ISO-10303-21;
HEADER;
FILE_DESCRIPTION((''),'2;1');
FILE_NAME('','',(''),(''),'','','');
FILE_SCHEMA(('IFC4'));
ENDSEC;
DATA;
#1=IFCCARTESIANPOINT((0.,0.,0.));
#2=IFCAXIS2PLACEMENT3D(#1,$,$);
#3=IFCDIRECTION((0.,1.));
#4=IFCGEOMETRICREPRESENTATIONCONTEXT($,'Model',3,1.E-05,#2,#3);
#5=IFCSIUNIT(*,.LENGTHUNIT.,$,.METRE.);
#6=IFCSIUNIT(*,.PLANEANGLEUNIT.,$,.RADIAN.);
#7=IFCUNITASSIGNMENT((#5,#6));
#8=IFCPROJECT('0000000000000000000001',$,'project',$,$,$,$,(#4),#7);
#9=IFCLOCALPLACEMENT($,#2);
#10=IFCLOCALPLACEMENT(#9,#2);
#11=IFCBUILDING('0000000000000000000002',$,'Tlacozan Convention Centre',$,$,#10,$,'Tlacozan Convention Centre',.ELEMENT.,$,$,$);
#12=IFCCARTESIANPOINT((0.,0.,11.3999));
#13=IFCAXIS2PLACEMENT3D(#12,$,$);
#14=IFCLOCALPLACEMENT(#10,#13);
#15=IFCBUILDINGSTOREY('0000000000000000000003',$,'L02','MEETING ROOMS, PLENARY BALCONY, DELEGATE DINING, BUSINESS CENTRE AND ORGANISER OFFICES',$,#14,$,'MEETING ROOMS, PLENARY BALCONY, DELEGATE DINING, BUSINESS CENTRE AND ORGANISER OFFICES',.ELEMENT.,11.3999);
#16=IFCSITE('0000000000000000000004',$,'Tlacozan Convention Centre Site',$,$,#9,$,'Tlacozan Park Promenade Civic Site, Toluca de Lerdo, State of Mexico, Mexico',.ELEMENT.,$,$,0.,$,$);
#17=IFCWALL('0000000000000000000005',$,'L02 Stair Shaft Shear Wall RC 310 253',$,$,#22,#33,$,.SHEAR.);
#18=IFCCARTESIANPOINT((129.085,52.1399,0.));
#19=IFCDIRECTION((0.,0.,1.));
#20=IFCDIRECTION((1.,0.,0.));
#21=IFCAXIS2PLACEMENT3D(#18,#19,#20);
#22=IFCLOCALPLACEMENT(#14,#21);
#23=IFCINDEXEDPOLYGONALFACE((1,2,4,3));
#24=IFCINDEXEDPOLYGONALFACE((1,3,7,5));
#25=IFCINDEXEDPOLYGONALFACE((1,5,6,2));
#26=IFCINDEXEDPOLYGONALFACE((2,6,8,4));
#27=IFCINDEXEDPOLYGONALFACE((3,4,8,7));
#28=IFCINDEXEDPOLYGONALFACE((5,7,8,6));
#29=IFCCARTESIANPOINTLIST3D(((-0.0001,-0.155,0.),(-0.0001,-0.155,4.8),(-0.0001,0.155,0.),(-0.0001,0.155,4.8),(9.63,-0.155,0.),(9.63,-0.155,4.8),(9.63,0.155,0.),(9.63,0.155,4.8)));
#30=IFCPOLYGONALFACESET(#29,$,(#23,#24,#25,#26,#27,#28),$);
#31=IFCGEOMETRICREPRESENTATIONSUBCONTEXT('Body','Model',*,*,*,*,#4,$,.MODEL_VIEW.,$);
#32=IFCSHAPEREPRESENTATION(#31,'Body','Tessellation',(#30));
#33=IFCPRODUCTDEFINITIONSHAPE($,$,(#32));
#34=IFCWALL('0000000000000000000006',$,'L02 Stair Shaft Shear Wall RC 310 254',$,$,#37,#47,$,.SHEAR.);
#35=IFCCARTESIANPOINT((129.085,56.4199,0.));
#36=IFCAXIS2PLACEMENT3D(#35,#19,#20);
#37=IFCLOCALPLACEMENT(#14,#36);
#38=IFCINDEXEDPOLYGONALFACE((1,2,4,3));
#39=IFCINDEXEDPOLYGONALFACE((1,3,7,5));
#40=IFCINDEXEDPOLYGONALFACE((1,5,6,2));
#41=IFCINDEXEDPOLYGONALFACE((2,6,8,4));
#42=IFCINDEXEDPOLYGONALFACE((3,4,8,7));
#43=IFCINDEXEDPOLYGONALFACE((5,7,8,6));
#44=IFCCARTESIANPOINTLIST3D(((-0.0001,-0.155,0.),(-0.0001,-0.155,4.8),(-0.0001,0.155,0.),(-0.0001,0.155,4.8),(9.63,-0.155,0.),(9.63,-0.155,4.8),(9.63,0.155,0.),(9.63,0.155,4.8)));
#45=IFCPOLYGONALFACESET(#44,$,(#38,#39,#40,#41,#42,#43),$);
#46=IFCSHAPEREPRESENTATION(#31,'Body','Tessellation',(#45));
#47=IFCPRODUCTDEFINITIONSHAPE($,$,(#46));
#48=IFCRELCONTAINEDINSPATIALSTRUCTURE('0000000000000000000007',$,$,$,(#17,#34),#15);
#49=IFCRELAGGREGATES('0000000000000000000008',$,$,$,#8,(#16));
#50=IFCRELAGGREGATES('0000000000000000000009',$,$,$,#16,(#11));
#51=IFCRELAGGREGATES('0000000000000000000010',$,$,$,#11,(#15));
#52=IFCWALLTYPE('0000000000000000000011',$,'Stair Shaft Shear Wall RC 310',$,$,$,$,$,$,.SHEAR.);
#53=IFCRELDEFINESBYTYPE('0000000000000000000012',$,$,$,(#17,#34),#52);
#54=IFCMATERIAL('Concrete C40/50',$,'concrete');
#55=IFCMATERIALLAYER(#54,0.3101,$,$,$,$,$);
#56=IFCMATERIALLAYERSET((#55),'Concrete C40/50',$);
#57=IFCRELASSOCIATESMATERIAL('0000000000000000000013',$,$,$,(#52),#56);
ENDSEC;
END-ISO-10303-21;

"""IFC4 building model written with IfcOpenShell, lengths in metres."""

from ifc_helpers import new_model, si_unit, direction, frame, frame_2d, origin, place, context, subcontext, project, spatial, rectangle, extrude, material, layer, layer_set, type_object, element, save


model = new_model("IFC4")

# Units and contexts
model_context = context("Model", 3, precision=1e-05, world=origin(), true_north=direction((0.0, 1.0)))
body_context = subcontext(model_context, "Body", "Model", "MODEL_VIEW")
ifc_project = project(units=[si_unit("LENGTHUNIT", "METRE"), si_unit("PLANEANGLEUNIT", "RADIAN")], contexts=[model_context])

# Site, building, storey
site_placement = place(None, origin())
site = spatial("IfcSite", under=ifc_project, at=site_placement, Name="Tlacozan Convention Centre Site", LongName="Tlacozan Park Promenade Civic Site, Toluca de Lerdo, State of Mexico, Mexico", CompositionType="ELEMENT", RefElevation=0.0)
building_placement = place(site_placement, origin())
building = spatial("IfcBuilding", under=site, at=building_placement, Name="Tlacozan Convention Centre", LongName="Tlacozan Convention Centre", CompositionType="ELEMENT")
storey_placement = place(building_placement, frame((0.0, 0.0, 11.3999)))
storey = spatial("IfcBuildingStorey", under=building, at=storey_placement, Name="L02", Description="MEETING ROOMS, PLENARY BALCONY, DELEGATE DINING, BUSINESS CENTRE AND ORGANISER OFFICES", LongName="MEETING ROOMS, PLENARY BALCONY, DELEGATE DINING, BUSINESS CENTRE AND ORGANISER OFFICES", CompositionType="ELEMENT", Elevation=11.3999)

# Shared definitions
ifc_material_1 = material(Name="Concrete C40/50", Category="concrete")

# Walls
ifc_layer_1 = layer(ifc_material_1, 0.3101)
ifc_layer_set_1 = layer_set([ifc_layer_1], Name="Concrete C40/50")
wall_type_1 = type_object("IfcWallType", Name="Stair Shaft Shear Wall RC 310", PredefinedType="SHEAR", material=ifc_layer_set_1)
for number, where, z_axis, x_axis, name in (
    (1, (129.085, 52.1399, 0.0), (0.0, 0.0, 1.0), (1.0, 0.0, 0.0), "L02 Stair Shaft Shear Wall RC 310 253"),
    (2, (129.085, 56.4199, 0.0), (0.0, 0.0, 1.0), (1.0, 0.0, 0.0), "L02 Stair Shaft Shear Wall RC 310 254"),
):
    element("IfcWall", number, at=place(storey_placement, frame(where, z_axis=z_axis, x_axis=x_axis)), inside=storey, type_object=wall_type_1, Name=name, PredefinedType="SHEAR", context=body_context, shape_type="SweptSolid", body=[
        extrude(rectangle(XDim=9.6301, YDim=0.3101, at=frame_2d((4.8149, 0.0))), origin(), (0.0, 0.0, 1.0), 4.8),
    ])

save(model, "model.ifc")
